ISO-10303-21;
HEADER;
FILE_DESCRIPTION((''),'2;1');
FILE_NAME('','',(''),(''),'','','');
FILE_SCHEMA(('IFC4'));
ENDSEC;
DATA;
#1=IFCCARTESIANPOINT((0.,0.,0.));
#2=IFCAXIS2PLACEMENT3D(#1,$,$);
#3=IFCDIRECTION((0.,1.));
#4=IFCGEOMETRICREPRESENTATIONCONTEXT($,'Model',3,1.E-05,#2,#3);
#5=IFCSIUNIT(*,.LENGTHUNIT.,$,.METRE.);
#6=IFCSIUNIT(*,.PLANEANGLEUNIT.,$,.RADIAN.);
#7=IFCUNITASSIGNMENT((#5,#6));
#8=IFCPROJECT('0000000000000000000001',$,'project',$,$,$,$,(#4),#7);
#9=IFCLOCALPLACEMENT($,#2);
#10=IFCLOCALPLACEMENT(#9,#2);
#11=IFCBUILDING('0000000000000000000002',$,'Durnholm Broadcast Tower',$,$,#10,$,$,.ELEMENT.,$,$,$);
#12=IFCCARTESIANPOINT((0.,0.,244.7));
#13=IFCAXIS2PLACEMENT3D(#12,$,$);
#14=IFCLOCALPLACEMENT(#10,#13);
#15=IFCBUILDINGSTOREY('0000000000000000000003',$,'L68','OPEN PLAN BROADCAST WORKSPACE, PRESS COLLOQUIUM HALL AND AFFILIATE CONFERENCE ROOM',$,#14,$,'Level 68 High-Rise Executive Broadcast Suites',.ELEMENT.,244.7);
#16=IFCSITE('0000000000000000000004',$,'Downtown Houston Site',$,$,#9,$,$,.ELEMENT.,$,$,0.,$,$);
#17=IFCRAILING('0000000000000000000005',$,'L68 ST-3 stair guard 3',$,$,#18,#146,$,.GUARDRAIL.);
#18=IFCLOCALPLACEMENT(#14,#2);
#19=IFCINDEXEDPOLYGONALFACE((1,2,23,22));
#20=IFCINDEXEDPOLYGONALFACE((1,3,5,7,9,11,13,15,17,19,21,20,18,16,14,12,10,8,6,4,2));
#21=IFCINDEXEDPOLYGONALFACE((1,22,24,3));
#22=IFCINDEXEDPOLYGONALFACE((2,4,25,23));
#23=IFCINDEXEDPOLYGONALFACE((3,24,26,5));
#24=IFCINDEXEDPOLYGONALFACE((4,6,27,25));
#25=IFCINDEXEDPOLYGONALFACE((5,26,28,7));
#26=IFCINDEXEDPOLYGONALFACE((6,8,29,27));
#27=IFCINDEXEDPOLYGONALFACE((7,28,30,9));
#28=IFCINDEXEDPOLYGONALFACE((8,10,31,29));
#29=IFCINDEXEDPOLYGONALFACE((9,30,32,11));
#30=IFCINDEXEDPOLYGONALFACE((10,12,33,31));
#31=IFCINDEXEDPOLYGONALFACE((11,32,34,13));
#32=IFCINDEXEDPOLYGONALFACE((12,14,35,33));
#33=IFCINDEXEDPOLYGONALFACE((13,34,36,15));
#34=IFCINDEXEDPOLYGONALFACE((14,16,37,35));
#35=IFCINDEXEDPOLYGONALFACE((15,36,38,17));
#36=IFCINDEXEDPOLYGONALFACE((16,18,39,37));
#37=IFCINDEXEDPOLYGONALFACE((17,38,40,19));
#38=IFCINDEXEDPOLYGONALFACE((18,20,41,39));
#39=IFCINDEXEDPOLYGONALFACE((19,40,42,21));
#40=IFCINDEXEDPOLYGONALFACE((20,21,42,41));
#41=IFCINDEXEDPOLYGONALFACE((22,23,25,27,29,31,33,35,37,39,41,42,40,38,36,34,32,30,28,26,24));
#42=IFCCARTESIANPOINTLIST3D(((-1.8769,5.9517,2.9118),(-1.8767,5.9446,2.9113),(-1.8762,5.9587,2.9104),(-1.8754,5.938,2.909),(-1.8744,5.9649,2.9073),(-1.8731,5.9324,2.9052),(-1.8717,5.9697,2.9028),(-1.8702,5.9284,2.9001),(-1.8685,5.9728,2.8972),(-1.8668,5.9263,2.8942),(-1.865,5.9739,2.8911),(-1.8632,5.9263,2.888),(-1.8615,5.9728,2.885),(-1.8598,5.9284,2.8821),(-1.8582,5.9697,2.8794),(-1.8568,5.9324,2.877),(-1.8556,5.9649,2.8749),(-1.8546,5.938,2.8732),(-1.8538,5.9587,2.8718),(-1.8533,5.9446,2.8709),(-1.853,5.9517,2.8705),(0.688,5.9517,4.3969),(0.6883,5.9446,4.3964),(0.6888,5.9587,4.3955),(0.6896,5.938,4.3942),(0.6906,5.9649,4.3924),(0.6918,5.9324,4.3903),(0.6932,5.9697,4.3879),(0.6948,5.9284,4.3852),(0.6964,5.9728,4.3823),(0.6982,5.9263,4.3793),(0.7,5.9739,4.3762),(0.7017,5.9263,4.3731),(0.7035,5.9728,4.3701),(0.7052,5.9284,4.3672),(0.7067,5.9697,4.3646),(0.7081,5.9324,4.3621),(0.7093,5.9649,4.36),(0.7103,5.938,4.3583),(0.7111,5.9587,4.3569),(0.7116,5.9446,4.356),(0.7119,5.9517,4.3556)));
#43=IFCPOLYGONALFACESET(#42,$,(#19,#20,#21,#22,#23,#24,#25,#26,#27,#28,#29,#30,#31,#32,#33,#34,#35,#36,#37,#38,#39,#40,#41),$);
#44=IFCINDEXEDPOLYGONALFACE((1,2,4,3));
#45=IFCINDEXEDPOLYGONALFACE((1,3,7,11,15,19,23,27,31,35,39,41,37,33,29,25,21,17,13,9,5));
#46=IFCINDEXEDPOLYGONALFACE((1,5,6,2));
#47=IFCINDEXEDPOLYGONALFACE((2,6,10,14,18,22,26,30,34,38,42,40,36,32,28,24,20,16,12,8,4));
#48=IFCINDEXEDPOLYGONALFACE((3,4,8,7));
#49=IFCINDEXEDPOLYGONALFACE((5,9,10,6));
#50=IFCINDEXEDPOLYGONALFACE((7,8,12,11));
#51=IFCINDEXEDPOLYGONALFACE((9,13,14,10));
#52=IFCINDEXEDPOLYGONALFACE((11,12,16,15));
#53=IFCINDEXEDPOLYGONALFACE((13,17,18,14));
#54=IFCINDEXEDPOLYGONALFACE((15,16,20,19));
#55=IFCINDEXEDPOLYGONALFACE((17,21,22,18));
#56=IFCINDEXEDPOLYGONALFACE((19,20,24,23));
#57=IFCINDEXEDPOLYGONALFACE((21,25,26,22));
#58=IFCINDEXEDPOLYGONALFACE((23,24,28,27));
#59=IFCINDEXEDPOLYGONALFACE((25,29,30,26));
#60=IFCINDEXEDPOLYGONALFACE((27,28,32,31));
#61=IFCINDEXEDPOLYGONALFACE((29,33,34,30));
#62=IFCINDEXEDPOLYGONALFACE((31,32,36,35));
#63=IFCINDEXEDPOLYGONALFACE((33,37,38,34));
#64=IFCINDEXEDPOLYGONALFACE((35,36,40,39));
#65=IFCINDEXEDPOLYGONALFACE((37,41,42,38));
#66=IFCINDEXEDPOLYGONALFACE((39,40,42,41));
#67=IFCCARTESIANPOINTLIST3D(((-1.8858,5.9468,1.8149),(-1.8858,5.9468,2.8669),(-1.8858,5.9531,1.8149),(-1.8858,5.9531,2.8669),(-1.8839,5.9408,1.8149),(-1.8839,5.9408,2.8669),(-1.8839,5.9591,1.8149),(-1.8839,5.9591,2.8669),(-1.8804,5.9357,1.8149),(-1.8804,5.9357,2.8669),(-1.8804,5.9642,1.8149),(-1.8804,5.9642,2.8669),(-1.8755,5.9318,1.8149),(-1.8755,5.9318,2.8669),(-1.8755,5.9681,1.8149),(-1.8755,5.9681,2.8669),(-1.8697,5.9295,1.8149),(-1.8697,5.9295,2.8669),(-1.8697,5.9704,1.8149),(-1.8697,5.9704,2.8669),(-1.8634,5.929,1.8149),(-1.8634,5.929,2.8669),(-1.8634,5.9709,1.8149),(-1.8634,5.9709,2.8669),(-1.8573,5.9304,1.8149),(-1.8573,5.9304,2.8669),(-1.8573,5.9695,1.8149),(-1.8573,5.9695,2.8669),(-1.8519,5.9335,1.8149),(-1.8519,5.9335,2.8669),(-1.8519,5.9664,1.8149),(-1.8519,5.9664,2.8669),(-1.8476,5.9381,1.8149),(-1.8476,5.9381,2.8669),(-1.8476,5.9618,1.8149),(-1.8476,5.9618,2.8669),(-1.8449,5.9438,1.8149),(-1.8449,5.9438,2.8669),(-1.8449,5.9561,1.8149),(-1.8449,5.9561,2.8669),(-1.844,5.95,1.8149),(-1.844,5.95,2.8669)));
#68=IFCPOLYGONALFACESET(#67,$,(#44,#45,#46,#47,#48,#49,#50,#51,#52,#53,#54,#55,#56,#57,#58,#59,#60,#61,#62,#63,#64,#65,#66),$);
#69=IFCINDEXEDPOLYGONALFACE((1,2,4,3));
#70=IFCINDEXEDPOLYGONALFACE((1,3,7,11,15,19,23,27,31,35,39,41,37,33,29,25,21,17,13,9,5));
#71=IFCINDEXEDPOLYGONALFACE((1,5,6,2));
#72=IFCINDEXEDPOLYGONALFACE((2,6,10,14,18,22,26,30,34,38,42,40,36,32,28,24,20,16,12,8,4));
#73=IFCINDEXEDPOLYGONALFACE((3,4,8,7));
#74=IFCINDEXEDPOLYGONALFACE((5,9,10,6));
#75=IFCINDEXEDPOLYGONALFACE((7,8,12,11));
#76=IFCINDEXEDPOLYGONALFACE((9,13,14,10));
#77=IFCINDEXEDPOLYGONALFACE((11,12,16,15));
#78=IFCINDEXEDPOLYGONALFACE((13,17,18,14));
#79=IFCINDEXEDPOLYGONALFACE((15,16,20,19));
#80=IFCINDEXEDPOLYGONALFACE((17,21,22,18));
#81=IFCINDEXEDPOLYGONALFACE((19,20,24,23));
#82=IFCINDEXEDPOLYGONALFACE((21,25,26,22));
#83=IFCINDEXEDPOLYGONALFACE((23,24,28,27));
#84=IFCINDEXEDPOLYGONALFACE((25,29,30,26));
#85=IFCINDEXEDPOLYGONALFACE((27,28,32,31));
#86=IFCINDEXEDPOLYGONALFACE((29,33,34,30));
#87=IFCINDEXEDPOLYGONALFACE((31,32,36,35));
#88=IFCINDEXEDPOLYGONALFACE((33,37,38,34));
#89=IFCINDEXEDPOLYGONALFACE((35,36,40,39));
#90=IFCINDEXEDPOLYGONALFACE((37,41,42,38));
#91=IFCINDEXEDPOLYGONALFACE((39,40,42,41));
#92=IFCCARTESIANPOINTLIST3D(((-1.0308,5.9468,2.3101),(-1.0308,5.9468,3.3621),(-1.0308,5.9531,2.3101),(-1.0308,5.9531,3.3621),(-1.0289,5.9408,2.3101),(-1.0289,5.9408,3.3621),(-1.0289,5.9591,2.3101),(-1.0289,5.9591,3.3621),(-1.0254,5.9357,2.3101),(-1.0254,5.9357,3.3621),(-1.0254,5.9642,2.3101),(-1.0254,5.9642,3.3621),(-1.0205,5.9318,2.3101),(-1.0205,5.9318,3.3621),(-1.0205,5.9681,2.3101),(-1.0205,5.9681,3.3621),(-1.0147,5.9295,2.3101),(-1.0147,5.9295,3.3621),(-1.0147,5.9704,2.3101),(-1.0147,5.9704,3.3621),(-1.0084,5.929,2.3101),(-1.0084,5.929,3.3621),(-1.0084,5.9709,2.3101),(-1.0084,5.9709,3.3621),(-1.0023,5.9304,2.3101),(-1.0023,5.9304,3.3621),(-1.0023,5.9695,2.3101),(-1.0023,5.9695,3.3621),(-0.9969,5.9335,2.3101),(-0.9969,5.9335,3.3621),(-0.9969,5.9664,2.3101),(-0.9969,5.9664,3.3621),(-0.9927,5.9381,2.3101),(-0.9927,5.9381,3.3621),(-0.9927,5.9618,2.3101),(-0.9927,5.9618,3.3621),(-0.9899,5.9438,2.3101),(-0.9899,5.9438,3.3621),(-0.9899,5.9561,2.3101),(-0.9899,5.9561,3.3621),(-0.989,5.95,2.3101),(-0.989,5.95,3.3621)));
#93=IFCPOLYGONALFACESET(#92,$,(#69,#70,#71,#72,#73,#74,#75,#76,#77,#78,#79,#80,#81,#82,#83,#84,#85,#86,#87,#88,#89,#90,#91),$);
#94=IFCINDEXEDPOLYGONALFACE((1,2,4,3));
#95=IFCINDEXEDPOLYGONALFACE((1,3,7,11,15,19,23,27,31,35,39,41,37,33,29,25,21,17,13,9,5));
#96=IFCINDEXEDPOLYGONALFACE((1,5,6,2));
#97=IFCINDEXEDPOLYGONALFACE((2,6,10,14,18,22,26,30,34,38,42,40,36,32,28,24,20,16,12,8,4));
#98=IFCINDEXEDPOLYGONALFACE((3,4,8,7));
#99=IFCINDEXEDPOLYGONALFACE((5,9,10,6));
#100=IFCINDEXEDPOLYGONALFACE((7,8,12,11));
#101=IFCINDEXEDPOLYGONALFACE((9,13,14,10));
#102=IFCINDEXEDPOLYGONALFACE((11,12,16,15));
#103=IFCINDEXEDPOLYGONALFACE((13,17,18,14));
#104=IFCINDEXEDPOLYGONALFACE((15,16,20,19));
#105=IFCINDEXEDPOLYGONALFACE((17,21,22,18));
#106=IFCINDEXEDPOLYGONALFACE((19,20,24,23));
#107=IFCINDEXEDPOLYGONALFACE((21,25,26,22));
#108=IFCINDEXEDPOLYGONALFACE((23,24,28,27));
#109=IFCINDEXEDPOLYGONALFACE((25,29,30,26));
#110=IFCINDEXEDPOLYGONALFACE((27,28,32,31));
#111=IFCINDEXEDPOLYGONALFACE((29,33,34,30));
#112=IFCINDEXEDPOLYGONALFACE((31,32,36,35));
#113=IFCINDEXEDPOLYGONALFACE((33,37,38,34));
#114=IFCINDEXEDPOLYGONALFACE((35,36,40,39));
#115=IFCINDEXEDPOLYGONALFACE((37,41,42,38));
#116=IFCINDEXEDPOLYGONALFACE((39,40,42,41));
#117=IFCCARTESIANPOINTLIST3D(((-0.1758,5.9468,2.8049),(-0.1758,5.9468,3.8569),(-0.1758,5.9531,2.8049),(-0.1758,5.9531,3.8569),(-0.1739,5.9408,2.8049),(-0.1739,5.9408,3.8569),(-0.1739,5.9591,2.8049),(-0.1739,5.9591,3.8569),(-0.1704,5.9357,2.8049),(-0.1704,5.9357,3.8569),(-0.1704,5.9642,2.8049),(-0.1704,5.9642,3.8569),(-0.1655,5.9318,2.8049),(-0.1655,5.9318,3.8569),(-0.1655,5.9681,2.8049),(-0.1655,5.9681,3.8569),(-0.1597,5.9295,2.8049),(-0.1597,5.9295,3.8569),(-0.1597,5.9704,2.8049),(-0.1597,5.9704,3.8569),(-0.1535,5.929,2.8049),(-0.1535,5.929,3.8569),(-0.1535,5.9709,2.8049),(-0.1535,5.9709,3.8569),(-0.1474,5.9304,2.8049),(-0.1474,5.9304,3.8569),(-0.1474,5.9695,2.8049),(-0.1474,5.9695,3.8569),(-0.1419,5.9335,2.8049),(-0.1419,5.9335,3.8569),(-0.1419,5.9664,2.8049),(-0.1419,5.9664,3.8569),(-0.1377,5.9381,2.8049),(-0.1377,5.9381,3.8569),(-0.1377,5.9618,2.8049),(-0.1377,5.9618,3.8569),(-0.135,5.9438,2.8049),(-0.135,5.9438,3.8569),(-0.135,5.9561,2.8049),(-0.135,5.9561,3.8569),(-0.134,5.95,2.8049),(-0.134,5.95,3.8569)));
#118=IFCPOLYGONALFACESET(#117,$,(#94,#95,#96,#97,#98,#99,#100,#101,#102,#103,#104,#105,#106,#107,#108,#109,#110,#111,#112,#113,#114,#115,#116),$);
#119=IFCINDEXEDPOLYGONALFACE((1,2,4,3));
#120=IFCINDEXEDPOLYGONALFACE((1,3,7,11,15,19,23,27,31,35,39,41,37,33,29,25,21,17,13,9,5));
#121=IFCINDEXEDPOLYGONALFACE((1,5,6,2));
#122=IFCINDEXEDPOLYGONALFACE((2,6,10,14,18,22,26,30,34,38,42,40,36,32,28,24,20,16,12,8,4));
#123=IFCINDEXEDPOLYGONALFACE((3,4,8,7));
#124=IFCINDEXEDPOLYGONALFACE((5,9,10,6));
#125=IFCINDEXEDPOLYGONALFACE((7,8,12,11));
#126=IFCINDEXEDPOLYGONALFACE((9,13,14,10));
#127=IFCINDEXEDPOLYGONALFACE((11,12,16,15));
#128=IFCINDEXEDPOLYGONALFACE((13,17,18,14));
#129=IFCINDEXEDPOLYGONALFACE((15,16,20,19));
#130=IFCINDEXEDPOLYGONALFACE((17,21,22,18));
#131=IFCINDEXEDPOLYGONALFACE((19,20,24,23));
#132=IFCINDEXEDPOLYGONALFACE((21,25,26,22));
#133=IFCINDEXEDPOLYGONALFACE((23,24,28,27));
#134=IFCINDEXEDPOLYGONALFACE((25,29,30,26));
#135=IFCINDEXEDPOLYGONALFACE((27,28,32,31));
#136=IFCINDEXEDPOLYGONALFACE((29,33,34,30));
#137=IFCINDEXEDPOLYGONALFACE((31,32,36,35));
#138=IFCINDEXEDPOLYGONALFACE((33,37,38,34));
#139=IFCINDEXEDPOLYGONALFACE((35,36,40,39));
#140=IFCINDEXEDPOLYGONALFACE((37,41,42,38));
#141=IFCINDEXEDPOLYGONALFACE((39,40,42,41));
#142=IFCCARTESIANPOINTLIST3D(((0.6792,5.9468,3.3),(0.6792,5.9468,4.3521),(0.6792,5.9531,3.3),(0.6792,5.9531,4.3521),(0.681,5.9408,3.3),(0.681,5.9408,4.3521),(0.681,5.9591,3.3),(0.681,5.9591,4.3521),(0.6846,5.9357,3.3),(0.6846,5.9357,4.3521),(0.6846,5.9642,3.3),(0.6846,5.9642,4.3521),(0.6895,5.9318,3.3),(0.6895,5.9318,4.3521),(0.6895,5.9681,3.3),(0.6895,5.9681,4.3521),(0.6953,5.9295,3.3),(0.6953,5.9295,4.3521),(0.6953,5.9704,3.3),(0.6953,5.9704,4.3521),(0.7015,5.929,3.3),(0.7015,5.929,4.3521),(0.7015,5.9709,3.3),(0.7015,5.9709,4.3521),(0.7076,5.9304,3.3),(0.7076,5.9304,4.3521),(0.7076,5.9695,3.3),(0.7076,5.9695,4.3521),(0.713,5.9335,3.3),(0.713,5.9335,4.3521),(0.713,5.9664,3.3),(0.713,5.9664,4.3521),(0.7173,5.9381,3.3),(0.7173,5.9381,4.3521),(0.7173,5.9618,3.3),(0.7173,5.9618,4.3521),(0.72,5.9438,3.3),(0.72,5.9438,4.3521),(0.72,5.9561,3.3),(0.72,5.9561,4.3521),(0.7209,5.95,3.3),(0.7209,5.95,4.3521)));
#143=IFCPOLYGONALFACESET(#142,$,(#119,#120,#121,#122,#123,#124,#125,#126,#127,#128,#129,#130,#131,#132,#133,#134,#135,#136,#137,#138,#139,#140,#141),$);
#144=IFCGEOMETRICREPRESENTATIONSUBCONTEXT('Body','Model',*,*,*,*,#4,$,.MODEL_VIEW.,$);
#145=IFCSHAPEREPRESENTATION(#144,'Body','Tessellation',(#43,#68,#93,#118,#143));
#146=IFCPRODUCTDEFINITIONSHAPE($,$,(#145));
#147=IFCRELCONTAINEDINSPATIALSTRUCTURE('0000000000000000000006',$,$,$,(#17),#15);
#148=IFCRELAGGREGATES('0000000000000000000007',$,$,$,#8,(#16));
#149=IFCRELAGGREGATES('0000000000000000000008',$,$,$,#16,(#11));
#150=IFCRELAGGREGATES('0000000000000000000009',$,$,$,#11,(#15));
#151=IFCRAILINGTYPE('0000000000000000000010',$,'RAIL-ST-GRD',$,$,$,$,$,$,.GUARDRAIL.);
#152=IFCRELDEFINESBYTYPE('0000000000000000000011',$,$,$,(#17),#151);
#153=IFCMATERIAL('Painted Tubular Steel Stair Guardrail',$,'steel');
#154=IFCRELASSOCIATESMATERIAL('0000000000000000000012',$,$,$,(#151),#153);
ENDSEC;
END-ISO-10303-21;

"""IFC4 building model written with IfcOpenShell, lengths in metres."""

from ifc_helpers import new_model, si_unit, direction, frame, origin, origin_2d, place, context, subcontext, project, spatial, circle, extrude, material, type_object, element, save


model = new_model("IFC4")

# Units and contexts
model_context = context("Model", 3, precision=1e-05, world=origin(), true_north=direction((0.0, 1.0)))
body_context = subcontext(model_context, "Body", "Model", "MODEL_VIEW")
ifc_project = project(units=[si_unit("LENGTHUNIT", "METRE"), si_unit("PLANEANGLEUNIT", "RADIAN")], contexts=[model_context])

# Site, building, storey
site_placement = place(None, origin())
site = spatial("IfcSite", under=ifc_project, at=site_placement, Name="Downtown Houston Site", CompositionType="ELEMENT", RefElevation=0.0)
building_placement = place(site_placement, origin())
building = spatial("IfcBuilding", under=site, at=building_placement, Name="Durnholm Broadcast Tower", CompositionType="ELEMENT")
storey_placement = place(building_placement, frame((0.0, 0.0, 244.7)))
storey = spatial("IfcBuildingStorey", under=building, at=storey_placement, Name="L68", Description="OPEN PLAN BROADCAST WORKSPACE, PRESS COLLOQUIUM HALL AND AFFILIATE CONFERENCE ROOM", LongName="Level 68 High-Rise Executive Broadcast Suites", CompositionType="ELEMENT", Elevation=244.7)

# Railing
ifc_material_1 = material(Name="Painted Tubular Steel Stair Guardrail", Category="steel")
railing_type_1 = type_object("IfcRailingType", Name="RAIL-ST-GRD", PredefinedType="GUARDRAIL", material=ifc_material_1)
railing_1_placement = place(storey_placement, frame((-1.865, 5.95, 1.8149)))
element("IfcRailing", 1, at=railing_1_placement, inside=storey, type_object=railing_type_1, Name="L68 ST-3 stair guard 3", PredefinedType="GUARDRAIL", context=body_context, shape_type="SweptSolid", body=[
    extrude(circle(Radius=0.0239, at=origin_2d()), frame((0.0, 0.0, 1.0762), z_axis=(0.865406, 0.0, 0.501072), x_axis=(0.0, 1.0, 0.0)), (0.0, 0.0, 1.0), 2.9639),
    extrude(circle(Radius=0.021, at=origin_2d()), origin(), (0.0, 0.0, 1.0), 1.052),
    extrude(circle(Radius=0.021, at=origin_2d()), frame((0.855, 0.0, 0.4951)), (0.0, 0.0, 1.0), 1.052),
    extrude(circle(Radius=0.021, at=origin_2d()), frame((1.71, 0.0, 0.99)), (0.0, 0.0, 1.0), 1.052),
    extrude(circle(Radius=0.021, at=origin_2d()), frame((2.5649, 0.0, 1.4851)), (0.0, 0.0, 1.0), 1.052),
])

save(model, "model.ifc")
